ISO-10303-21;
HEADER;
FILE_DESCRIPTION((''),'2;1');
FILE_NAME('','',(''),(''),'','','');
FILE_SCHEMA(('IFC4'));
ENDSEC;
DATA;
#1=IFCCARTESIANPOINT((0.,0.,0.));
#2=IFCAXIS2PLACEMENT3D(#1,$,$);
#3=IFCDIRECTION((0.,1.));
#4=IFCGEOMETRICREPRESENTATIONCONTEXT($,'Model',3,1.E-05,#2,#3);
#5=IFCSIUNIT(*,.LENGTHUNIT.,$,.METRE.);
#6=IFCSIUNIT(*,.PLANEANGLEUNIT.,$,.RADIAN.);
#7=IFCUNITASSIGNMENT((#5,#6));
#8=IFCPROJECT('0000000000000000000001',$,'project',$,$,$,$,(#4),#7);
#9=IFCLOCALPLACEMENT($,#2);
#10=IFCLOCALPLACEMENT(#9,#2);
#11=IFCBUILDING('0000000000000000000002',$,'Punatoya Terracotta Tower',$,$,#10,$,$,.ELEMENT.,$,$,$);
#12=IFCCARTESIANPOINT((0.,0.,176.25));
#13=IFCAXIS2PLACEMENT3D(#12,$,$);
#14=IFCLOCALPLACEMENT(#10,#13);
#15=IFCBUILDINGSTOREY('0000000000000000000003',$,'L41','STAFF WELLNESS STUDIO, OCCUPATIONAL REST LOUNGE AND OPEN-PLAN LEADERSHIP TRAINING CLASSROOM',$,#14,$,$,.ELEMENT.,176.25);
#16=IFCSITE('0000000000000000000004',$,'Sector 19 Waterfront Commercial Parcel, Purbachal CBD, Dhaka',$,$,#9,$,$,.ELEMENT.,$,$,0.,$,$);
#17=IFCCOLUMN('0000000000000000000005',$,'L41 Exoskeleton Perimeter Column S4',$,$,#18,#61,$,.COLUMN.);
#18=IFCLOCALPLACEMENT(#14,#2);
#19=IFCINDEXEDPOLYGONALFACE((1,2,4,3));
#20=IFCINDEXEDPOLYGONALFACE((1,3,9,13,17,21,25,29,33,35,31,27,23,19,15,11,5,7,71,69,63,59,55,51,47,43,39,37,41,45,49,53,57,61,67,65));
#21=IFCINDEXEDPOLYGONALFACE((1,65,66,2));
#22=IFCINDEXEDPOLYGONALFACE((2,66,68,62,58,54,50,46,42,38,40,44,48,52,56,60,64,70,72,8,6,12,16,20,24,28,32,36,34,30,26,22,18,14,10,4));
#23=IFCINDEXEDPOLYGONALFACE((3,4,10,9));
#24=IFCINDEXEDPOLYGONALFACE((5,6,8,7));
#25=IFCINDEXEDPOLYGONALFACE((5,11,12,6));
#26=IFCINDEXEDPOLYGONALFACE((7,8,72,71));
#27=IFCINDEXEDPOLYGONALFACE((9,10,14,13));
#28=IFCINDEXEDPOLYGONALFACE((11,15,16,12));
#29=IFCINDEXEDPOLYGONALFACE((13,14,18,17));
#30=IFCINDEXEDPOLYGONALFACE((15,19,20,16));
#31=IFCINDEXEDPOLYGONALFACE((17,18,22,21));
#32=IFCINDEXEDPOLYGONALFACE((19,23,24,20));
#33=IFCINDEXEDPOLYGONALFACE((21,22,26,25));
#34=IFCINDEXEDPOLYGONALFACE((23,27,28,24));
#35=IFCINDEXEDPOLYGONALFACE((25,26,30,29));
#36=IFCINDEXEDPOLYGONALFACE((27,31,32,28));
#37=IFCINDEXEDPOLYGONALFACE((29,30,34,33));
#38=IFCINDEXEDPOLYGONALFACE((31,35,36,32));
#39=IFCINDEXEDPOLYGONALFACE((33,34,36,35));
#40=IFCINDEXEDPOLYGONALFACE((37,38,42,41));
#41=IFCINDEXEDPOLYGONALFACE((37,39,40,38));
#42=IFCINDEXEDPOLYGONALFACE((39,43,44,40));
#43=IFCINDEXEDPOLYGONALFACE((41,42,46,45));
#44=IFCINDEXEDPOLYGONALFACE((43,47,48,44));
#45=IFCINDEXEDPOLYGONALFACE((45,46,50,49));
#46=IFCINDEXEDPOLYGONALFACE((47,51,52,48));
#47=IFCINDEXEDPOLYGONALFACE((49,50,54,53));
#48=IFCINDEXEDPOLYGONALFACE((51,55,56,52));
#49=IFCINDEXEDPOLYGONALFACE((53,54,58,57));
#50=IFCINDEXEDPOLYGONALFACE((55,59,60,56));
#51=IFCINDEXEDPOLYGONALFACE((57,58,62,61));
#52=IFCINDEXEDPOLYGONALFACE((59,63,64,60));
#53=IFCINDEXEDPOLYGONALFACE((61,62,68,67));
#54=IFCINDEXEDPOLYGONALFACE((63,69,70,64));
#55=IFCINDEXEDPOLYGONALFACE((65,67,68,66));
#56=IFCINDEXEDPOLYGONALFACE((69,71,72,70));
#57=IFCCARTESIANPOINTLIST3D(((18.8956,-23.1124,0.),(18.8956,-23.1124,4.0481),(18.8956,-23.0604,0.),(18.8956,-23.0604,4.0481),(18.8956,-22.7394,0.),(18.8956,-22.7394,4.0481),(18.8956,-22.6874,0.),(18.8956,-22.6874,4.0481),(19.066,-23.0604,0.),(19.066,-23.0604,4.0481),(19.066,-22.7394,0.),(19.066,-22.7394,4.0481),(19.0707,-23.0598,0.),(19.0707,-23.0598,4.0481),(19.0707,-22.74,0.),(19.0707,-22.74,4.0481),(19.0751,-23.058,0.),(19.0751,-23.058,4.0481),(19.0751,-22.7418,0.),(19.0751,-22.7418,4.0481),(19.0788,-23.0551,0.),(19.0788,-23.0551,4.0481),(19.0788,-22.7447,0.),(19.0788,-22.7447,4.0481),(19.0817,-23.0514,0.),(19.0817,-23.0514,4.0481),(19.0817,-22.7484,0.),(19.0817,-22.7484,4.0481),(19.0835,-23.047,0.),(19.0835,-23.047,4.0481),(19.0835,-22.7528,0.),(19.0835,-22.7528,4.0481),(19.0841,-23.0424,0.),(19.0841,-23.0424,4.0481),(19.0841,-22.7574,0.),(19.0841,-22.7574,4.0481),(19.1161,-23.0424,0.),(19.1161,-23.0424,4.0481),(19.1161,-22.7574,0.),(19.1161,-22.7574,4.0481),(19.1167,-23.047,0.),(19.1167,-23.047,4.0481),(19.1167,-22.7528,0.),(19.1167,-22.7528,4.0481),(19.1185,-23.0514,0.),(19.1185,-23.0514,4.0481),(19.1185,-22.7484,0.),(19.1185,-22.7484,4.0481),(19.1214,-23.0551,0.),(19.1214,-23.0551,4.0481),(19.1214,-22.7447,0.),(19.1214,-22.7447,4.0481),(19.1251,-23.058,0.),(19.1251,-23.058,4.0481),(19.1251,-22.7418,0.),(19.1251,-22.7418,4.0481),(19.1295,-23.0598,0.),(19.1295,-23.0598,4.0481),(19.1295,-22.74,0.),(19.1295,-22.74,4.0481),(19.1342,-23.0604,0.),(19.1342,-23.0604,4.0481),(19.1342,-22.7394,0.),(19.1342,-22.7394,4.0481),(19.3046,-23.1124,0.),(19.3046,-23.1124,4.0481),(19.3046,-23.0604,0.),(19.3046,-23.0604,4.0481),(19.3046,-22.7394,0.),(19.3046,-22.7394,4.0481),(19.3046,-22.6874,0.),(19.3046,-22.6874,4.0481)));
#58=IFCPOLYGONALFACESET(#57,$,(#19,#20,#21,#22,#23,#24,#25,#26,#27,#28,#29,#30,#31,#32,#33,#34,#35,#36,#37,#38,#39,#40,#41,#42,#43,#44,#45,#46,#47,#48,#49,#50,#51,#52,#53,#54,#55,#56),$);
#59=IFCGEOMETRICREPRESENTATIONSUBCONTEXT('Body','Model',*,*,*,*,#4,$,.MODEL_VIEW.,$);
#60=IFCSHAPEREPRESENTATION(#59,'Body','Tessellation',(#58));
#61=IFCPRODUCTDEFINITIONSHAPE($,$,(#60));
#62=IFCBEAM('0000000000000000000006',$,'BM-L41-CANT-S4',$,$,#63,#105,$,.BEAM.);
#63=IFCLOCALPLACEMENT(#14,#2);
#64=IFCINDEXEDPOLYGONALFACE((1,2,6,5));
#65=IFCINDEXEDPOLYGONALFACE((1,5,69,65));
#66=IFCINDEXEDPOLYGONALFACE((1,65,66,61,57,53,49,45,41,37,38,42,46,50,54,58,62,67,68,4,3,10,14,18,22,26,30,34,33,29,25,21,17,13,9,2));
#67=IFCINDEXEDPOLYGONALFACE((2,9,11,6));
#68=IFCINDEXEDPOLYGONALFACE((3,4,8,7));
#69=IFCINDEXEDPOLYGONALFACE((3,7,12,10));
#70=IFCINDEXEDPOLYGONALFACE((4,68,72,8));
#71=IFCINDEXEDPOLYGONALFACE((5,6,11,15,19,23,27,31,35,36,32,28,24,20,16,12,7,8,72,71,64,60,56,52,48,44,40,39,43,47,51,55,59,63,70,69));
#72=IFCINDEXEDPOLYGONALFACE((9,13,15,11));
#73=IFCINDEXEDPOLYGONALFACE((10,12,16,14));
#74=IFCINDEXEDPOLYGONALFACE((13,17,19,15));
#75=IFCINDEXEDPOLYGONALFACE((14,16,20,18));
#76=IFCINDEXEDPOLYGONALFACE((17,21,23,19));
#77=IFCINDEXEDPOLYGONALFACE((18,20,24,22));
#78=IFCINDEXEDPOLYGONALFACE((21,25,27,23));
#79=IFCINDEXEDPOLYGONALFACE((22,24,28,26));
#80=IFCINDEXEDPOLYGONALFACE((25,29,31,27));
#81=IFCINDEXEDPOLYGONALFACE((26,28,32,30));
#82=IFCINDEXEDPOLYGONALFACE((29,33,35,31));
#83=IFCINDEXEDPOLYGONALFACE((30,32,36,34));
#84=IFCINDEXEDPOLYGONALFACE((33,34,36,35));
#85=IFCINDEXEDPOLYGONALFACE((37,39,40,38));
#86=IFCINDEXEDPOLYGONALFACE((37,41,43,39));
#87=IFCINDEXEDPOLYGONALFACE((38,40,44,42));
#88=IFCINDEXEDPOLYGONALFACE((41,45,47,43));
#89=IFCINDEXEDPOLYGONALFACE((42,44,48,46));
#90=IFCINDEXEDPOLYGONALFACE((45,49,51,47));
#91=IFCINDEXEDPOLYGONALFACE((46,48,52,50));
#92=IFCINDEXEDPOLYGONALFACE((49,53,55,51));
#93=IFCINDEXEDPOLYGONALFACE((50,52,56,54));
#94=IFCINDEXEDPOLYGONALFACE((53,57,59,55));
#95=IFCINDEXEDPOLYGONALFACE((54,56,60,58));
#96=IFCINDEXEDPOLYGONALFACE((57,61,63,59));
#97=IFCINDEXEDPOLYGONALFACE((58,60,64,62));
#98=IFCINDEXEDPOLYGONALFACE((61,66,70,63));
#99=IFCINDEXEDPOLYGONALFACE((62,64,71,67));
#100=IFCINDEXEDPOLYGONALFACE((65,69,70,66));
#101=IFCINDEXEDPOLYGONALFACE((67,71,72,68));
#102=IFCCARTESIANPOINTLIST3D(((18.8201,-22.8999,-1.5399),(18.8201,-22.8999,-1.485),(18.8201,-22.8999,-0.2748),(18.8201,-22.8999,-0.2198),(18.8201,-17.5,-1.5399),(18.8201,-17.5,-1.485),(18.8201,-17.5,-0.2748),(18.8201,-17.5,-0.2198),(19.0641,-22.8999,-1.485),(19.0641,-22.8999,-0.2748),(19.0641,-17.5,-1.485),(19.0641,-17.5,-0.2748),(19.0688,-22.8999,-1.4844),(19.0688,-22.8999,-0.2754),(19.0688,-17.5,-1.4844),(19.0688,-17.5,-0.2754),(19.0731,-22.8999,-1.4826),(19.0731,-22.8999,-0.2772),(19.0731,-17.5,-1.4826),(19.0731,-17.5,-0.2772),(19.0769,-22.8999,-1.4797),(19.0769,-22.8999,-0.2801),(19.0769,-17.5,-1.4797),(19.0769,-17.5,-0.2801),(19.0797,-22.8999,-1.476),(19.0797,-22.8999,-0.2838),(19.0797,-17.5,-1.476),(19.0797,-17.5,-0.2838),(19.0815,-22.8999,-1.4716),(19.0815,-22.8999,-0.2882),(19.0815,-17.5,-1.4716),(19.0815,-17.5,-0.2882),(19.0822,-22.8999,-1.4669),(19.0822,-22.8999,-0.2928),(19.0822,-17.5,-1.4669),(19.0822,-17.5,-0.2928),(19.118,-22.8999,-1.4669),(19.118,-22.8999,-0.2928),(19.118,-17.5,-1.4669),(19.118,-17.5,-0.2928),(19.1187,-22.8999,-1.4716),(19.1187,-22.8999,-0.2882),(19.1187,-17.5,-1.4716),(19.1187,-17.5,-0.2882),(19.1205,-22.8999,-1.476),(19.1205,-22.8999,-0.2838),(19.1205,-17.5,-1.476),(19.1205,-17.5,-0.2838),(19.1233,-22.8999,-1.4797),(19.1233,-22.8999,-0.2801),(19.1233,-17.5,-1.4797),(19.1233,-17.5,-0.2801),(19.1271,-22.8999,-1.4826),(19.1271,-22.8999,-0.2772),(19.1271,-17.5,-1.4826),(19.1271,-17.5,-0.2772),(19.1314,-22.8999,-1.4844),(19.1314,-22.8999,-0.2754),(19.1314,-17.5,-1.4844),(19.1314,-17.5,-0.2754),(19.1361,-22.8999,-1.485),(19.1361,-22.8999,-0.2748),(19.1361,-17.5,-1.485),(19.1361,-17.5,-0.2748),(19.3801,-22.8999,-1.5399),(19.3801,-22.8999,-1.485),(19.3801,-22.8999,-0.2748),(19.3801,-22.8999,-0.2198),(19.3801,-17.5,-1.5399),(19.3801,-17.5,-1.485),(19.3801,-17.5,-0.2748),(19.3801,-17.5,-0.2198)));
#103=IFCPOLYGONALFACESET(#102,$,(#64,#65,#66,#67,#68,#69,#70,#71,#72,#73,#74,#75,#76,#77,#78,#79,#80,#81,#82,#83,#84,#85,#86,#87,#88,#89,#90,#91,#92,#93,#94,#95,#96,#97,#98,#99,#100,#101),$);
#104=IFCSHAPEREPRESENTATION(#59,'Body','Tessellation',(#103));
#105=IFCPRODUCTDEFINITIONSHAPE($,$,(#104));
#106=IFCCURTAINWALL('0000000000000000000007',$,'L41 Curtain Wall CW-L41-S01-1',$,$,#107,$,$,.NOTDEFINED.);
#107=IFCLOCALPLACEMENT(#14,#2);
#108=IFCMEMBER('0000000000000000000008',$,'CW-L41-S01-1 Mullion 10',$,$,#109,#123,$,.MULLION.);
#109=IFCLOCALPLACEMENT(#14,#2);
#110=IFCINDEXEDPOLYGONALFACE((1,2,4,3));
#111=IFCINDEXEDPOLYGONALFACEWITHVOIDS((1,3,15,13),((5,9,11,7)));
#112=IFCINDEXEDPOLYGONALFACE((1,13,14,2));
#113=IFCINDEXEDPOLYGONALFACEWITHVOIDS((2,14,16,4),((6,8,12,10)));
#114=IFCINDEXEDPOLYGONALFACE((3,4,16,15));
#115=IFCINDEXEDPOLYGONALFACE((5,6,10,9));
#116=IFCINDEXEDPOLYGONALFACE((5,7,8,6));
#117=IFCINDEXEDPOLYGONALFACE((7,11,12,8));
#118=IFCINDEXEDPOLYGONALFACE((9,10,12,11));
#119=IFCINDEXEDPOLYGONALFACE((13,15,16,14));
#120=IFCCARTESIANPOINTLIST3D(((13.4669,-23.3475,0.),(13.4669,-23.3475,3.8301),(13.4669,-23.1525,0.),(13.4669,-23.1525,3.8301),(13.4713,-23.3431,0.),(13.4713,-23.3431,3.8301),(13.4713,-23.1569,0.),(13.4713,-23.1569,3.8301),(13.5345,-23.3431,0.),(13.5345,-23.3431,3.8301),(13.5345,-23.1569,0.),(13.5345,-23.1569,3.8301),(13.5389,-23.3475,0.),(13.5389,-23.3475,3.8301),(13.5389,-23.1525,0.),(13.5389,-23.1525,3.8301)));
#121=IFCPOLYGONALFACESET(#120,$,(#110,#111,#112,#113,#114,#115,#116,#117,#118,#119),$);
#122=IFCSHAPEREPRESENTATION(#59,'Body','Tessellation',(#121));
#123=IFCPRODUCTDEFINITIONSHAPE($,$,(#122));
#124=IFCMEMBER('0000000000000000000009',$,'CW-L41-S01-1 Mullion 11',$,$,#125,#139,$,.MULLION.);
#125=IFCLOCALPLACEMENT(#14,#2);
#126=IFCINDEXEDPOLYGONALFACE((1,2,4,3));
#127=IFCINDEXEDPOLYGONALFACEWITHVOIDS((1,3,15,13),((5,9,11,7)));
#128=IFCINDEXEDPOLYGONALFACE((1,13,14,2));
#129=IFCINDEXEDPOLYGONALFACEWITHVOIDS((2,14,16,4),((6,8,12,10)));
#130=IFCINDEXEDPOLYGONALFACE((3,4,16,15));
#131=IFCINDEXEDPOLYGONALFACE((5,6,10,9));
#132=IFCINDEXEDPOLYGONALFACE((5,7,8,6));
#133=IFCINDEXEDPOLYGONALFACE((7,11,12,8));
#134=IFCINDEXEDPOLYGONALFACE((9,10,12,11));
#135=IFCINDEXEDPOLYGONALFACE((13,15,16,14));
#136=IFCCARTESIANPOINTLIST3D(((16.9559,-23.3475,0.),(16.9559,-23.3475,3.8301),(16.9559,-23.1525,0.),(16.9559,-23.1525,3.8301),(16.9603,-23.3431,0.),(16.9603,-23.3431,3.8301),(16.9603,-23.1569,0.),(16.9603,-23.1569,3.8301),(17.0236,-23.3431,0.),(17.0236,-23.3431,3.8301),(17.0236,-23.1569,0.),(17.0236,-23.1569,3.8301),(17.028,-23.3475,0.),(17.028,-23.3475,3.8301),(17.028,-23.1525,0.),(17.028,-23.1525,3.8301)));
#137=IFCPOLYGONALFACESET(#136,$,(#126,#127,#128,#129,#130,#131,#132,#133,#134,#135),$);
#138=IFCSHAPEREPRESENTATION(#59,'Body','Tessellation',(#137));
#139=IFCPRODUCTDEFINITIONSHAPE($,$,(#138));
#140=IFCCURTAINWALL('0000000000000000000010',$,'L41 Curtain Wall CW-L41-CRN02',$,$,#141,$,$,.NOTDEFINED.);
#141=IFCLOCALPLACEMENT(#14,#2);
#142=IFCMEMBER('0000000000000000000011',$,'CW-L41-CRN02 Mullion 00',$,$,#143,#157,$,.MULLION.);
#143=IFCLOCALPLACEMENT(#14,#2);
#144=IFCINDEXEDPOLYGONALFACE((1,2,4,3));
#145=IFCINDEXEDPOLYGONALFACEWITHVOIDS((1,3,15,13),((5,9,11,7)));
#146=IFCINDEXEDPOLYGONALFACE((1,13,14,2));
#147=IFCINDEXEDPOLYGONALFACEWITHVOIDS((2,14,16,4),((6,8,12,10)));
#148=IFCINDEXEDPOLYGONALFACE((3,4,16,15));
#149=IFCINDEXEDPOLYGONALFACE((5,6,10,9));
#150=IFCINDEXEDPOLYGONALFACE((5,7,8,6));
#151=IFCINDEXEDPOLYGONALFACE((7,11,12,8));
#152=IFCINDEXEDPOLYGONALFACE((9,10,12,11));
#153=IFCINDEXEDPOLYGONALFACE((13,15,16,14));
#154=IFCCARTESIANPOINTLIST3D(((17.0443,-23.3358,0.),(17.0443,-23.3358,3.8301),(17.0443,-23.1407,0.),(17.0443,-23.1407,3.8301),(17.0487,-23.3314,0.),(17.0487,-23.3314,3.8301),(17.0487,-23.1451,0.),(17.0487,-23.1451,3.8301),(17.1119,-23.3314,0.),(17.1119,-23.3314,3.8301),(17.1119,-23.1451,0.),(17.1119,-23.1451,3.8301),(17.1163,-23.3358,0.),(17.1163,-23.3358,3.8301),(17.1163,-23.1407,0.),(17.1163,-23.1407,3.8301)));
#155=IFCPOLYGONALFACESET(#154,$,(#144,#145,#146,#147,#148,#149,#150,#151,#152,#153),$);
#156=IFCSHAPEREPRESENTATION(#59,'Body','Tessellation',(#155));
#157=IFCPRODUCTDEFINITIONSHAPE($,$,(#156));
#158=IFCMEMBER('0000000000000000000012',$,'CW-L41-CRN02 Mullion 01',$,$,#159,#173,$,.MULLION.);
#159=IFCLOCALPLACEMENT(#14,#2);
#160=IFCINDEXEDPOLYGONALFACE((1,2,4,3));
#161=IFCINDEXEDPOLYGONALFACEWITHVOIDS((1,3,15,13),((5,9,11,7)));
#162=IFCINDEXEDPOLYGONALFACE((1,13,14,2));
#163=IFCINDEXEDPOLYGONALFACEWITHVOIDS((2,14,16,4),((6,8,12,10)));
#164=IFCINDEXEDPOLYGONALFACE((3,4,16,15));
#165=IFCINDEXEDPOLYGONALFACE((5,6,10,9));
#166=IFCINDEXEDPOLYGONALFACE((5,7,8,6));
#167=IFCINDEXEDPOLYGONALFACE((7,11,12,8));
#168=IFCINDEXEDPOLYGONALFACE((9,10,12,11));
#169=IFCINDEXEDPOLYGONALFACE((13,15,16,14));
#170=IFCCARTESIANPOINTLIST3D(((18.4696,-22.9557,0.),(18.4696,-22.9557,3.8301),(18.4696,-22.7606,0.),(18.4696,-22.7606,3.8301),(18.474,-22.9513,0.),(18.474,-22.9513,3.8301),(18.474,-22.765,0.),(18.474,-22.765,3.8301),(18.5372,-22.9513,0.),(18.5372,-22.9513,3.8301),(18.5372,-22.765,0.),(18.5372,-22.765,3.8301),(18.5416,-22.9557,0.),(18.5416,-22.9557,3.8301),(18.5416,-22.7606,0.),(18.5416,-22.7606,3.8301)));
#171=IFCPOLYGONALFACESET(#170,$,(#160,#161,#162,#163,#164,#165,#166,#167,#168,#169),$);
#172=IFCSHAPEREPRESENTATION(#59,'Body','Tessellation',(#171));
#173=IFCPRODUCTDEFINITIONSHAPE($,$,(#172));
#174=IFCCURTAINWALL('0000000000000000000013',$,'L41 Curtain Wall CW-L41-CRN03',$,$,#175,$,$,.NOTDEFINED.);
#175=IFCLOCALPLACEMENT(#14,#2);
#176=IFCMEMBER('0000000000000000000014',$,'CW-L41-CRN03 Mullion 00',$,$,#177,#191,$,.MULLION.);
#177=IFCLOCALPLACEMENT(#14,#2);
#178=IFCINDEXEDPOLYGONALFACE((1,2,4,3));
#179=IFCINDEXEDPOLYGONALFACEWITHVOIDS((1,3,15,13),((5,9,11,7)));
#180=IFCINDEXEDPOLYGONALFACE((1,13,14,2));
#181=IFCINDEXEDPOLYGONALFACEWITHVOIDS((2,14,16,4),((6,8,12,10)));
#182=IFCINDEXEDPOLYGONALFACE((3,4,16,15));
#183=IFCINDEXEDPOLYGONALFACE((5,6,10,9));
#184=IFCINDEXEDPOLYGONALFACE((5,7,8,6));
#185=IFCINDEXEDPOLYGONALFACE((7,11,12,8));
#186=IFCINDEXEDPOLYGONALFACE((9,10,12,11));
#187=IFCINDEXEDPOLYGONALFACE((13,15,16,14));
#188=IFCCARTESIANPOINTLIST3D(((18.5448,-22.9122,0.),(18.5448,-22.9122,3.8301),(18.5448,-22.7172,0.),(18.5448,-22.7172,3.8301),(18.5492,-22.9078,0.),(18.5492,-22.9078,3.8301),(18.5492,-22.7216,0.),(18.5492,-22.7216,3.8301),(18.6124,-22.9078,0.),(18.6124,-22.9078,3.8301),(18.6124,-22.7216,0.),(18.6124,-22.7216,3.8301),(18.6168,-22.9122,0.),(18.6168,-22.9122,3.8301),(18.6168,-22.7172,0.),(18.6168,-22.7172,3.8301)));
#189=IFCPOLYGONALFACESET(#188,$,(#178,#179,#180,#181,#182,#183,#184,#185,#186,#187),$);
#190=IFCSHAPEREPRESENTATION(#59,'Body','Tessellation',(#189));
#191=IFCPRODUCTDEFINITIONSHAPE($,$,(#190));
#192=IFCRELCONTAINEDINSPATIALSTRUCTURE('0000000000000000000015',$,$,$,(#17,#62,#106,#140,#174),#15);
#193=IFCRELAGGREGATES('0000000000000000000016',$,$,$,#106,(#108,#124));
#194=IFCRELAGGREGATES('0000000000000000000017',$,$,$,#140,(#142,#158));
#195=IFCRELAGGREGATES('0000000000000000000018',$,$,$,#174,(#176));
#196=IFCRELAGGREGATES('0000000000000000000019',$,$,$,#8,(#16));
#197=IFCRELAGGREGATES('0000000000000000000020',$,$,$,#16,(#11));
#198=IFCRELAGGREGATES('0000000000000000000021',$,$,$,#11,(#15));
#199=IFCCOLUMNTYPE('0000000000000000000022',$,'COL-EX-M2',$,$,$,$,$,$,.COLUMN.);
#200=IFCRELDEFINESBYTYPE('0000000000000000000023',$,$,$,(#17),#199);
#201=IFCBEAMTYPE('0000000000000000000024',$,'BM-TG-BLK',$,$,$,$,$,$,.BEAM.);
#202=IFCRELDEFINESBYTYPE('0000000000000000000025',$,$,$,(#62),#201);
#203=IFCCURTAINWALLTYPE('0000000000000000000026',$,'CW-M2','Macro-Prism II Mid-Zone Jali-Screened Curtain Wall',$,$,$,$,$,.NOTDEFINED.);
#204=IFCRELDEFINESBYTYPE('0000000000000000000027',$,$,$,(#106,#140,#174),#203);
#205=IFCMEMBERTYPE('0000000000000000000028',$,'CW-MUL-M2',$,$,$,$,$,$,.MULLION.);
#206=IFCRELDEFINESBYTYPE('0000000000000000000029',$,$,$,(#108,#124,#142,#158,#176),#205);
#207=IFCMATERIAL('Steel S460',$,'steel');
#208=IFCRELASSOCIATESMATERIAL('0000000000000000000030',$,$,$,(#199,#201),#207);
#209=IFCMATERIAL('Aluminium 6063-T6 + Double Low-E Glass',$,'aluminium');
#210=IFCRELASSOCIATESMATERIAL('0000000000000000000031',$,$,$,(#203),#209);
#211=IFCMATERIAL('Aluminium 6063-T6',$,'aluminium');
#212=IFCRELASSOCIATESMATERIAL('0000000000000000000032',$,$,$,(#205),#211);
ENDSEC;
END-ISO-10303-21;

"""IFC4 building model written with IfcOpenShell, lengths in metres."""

from ifc_helpers import new_model, si_unit, direction, frame, origin, origin_2d, place, context, subcontext, project, spatial, hollow_rectangle, i_section, extrude, material, material_profile, profile_set, type_object, element, aggregate, save


model = new_model("IFC4")

# Units and contexts
model_context = context("Model", 3, precision=1e-05, world=origin(), true_north=direction((0.0, 1.0)))
body_context = subcontext(model_context, "Body", "Model", "MODEL_VIEW")
ifc_project = project(units=[si_unit("LENGTHUNIT", "METRE"), si_unit("PLANEANGLEUNIT", "RADIAN")], contexts=[model_context])

# Site, building, storey
site_placement = place(None, origin())
site = spatial("IfcSite", under=ifc_project, at=site_placement, Name="Sector 19 Waterfront Commercial Parcel, Purbachal CBD, Dhaka", CompositionType="ELEMENT", RefElevation=0.0)
building_placement = place(site_placement, origin())
building = spatial("IfcBuilding", under=site, at=building_placement, Name="Punatoya Terracotta Tower", CompositionType="ELEMENT")
storey_placement = place(building_placement, frame((0.0, 0.0, 176.25)))
storey = spatial("IfcBuildingStorey", under=building, at=storey_placement, Name="L41", Description="STAFF WELLNESS STUDIO, OCCUPATIONAL REST LOUNGE AND OPEN-PLAN LEADERSHIP TRAINING CLASSROOM", CompositionType="ELEMENT", Elevation=176.25)

# Column
ifc_material_1 = material(Name="Steel S460", Category="steel")
ifc_material_profile_1 = material_profile(ifc_material_1, i_section(OverallWidth=0.4089, OverallDepth=0.425, WebThickness=0.032, FlangeThickness=0.052, FilletRadius=0.0181, at=origin_2d()))
ifc_profile_set_1 = profile_set([ifc_material_profile_1], Name="Steel S460")
column_type = type_object("IfcColumnType", Name="COL-EX-M2", PredefinedType="COLUMN", material=ifc_profile_set_1)
column_placement = place(storey_placement, frame((19.1001, -22.8999, 0.0), z_axis=(0.0, 0.0, 1.0), x_axis=(1.0, 0.0, 0.0)))
element("IfcColumn", 1, at=column_placement, inside=storey, type_object=column_type, Name="L41 Exoskeleton Perimeter Column S4", PredefinedType="COLUMN", context=body_context, shape_type="SweptSolid", body=[
    extrude(i_section(OverallWidth=0.4089, OverallDepth=0.425, WebThickness=0.032, FlangeThickness=0.052, FilletRadius=0.0181, at=origin_2d()), origin(), (0.0, 0.0, 1.0), 4.0481),
])

# Beam
ifc_material_profile_2 = material_profile(ifc_material_1, i_section(OverallWidth=0.5601, OverallDepth=1.3201, WebThickness=0.0359, FlangeThickness=0.0549, FilletRadius=0.0181, at=origin_2d()))
ifc_profile_set_2 = profile_set([ifc_material_profile_2], Name="Steel S460")
beam_type = type_object("IfcBeamType", Name="BM-TG-BLK", PredefinedType="BEAM", material=ifc_profile_set_2)
beam_placement = place(storey_placement, frame((19.1001, -22.8999, -0.8799), z_axis=(0.0, 1.0, 0.0), x_axis=(-1.0, 0.0, 0.0)))
element("IfcBeam", 2, at=beam_placement, inside=storey, type_object=beam_type, Name="BM-L41-CANT-S4", PredefinedType="BEAM", context=body_context, shape_type="SweptSolid", body=[
    extrude(i_section(OverallWidth=0.5601, OverallDepth=1.3201, WebThickness=0.0359, FlangeThickness=0.0549, FilletRadius=0.0181, at=origin_2d()), origin(), (0.0, 0.0, 1.0), 5.3999),
])

# Curtain walls, members
ifc_material_2 = material(Name="Aluminium 6063-T6 + Double Low-E Glass", Category="aluminium")
curtain_wall_type = type_object("IfcCurtainWallType", Name="CW-M2", Description="Macro-Prism II Mid-Zone Jali-Screened Curtain Wall", PredefinedType="NOTDEFINED", material=ifc_material_2)
curtain_wall_1_placement = place(storey_placement, origin())
curtain_wall_1 = element("IfcCurtainWall", 3, at=curtain_wall_1_placement, inside=storey, type_object=curtain_wall_type, Name="L41 Curtain Wall CW-L41-S01-1", PredefinedType="NOTDEFINED")
ifc_material_3 = material(Name="Aluminium 6063-T6", Category="aluminium")
ifc_material_profile_3 = material_profile(ifc_material_3, hollow_rectangle(XDim=0.072, YDim=0.1951, WallThickness=0.0044, at=origin_2d()))
ifc_profile_set_3 = profile_set([ifc_material_profile_3], Name="Aluminium 6063-T6")
member_type_1 = type_object("IfcMemberType", Name="CW-MUL-M2", PredefinedType="MULLION", material=ifc_profile_set_3)
member_1_placement = place(storey_placement, frame((13.5029, -23.25, 0.0), z_axis=(0.0, 0.0, 1.0), x_axis=(1.0, 0.0, 0.0)))
member_1 = element("IfcMember", 4, at=member_1_placement, type_object=member_type_1, Name="CW-L41-S01-1 Mullion 10", PredefinedType="MULLION", context=body_context, shape_type="SweptSolid", body=[
    extrude(hollow_rectangle(XDim=0.072, YDim=0.1951, WallThickness=0.0044, at=origin_2d()), origin(), (0.0, 0.0, 1.0), 3.8301),
])
member_2_placement = place(storey_placement, frame((16.9919, -23.25, 0.0), z_axis=(0.0, 0.0, 1.0), x_axis=(1.0, 0.0, 0.0)))
member_2 = element("IfcMember", 5, at=member_2_placement, type_object=member_type_1, Name="CW-L41-S01-1 Mullion 11", PredefinedType="MULLION", context=body_context, shape_type="SweptSolid", body=[
    extrude(hollow_rectangle(XDim=0.072, YDim=0.1951, WallThickness=0.0044, at=origin_2d()), origin(), (0.0, 0.0, 1.0), 3.8301),
])
curtain_wall_2_placement = place(storey_placement, origin())
curtain_wall_2 = element("IfcCurtainWall", 6, at=curtain_wall_2_placement, inside=storey, type_object=curtain_wall_type, Name="L41 Curtain Wall CW-L41-CRN02", PredefinedType="NOTDEFINED")
member_3_placement = place(storey_placement, frame((17.0803, -23.2383, 0.0), z_axis=(0.0, 0.0, 1.0), x_axis=(1.0, 0.0, 0.0)))
member_3 = element("IfcMember", 7, at=member_3_placement, type_object=member_type_1, Name="CW-L41-CRN02 Mullion 00", PredefinedType="MULLION", context=body_context, shape_type="SweptSolid", body=[
    extrude(hollow_rectangle(XDim=0.072, YDim=0.1951, WallThickness=0.0044, at=origin_2d()), origin(), (0.0, 0.0, 1.0), 3.8301),
])
member_4_placement = place(storey_placement, frame((18.5056, -22.8582, 0.0), z_axis=(0.0, 0.0, 1.0), x_axis=(1.0, 0.0, 0.0)))
member_4 = element("IfcMember", 8, at=member_4_placement, type_object=member_type_1, Name="CW-L41-CRN02 Mullion 01", PredefinedType="MULLION", context=body_context, shape_type="SweptSolid", body=[
    extrude(hollow_rectangle(XDim=0.072, YDim=0.1951, WallThickness=0.0044, at=origin_2d()), origin(), (0.0, 0.0, 1.0), 3.8301),
])
curtain_wall_3_placement = place(storey_placement, origin())
curtain_wall_3 = element("IfcCurtainWall", 9, at=curtain_wall_3_placement, inside=storey, type_object=curtain_wall_type, Name="L41 Curtain Wall CW-L41-CRN03", PredefinedType="NOTDEFINED")
member_5_placement = place(storey_placement, frame((18.5808, -22.8147, 0.0), z_axis=(0.0, 0.0, 1.0), x_axis=(1.0, 0.0, 0.0)))
member_5 = element("IfcMember", 10, at=member_5_placement, type_object=member_type_1, Name="CW-L41-CRN03 Mullion 00", PredefinedType="MULLION", context=body_context, shape_type="SweptSolid", body=[
    extrude(hollow_rectangle(XDim=0.072, YDim=0.1951, WallThickness=0.0044, at=origin_2d()), origin(), (0.0, 0.0, 1.0), 3.8301),
])

aggregate(curtain_wall_1, [member_1, member_2])
aggregate(curtain_wall_2, [member_3, member_4])
aggregate(curtain_wall_3, [member_5])

save(model, "model.ifc")
